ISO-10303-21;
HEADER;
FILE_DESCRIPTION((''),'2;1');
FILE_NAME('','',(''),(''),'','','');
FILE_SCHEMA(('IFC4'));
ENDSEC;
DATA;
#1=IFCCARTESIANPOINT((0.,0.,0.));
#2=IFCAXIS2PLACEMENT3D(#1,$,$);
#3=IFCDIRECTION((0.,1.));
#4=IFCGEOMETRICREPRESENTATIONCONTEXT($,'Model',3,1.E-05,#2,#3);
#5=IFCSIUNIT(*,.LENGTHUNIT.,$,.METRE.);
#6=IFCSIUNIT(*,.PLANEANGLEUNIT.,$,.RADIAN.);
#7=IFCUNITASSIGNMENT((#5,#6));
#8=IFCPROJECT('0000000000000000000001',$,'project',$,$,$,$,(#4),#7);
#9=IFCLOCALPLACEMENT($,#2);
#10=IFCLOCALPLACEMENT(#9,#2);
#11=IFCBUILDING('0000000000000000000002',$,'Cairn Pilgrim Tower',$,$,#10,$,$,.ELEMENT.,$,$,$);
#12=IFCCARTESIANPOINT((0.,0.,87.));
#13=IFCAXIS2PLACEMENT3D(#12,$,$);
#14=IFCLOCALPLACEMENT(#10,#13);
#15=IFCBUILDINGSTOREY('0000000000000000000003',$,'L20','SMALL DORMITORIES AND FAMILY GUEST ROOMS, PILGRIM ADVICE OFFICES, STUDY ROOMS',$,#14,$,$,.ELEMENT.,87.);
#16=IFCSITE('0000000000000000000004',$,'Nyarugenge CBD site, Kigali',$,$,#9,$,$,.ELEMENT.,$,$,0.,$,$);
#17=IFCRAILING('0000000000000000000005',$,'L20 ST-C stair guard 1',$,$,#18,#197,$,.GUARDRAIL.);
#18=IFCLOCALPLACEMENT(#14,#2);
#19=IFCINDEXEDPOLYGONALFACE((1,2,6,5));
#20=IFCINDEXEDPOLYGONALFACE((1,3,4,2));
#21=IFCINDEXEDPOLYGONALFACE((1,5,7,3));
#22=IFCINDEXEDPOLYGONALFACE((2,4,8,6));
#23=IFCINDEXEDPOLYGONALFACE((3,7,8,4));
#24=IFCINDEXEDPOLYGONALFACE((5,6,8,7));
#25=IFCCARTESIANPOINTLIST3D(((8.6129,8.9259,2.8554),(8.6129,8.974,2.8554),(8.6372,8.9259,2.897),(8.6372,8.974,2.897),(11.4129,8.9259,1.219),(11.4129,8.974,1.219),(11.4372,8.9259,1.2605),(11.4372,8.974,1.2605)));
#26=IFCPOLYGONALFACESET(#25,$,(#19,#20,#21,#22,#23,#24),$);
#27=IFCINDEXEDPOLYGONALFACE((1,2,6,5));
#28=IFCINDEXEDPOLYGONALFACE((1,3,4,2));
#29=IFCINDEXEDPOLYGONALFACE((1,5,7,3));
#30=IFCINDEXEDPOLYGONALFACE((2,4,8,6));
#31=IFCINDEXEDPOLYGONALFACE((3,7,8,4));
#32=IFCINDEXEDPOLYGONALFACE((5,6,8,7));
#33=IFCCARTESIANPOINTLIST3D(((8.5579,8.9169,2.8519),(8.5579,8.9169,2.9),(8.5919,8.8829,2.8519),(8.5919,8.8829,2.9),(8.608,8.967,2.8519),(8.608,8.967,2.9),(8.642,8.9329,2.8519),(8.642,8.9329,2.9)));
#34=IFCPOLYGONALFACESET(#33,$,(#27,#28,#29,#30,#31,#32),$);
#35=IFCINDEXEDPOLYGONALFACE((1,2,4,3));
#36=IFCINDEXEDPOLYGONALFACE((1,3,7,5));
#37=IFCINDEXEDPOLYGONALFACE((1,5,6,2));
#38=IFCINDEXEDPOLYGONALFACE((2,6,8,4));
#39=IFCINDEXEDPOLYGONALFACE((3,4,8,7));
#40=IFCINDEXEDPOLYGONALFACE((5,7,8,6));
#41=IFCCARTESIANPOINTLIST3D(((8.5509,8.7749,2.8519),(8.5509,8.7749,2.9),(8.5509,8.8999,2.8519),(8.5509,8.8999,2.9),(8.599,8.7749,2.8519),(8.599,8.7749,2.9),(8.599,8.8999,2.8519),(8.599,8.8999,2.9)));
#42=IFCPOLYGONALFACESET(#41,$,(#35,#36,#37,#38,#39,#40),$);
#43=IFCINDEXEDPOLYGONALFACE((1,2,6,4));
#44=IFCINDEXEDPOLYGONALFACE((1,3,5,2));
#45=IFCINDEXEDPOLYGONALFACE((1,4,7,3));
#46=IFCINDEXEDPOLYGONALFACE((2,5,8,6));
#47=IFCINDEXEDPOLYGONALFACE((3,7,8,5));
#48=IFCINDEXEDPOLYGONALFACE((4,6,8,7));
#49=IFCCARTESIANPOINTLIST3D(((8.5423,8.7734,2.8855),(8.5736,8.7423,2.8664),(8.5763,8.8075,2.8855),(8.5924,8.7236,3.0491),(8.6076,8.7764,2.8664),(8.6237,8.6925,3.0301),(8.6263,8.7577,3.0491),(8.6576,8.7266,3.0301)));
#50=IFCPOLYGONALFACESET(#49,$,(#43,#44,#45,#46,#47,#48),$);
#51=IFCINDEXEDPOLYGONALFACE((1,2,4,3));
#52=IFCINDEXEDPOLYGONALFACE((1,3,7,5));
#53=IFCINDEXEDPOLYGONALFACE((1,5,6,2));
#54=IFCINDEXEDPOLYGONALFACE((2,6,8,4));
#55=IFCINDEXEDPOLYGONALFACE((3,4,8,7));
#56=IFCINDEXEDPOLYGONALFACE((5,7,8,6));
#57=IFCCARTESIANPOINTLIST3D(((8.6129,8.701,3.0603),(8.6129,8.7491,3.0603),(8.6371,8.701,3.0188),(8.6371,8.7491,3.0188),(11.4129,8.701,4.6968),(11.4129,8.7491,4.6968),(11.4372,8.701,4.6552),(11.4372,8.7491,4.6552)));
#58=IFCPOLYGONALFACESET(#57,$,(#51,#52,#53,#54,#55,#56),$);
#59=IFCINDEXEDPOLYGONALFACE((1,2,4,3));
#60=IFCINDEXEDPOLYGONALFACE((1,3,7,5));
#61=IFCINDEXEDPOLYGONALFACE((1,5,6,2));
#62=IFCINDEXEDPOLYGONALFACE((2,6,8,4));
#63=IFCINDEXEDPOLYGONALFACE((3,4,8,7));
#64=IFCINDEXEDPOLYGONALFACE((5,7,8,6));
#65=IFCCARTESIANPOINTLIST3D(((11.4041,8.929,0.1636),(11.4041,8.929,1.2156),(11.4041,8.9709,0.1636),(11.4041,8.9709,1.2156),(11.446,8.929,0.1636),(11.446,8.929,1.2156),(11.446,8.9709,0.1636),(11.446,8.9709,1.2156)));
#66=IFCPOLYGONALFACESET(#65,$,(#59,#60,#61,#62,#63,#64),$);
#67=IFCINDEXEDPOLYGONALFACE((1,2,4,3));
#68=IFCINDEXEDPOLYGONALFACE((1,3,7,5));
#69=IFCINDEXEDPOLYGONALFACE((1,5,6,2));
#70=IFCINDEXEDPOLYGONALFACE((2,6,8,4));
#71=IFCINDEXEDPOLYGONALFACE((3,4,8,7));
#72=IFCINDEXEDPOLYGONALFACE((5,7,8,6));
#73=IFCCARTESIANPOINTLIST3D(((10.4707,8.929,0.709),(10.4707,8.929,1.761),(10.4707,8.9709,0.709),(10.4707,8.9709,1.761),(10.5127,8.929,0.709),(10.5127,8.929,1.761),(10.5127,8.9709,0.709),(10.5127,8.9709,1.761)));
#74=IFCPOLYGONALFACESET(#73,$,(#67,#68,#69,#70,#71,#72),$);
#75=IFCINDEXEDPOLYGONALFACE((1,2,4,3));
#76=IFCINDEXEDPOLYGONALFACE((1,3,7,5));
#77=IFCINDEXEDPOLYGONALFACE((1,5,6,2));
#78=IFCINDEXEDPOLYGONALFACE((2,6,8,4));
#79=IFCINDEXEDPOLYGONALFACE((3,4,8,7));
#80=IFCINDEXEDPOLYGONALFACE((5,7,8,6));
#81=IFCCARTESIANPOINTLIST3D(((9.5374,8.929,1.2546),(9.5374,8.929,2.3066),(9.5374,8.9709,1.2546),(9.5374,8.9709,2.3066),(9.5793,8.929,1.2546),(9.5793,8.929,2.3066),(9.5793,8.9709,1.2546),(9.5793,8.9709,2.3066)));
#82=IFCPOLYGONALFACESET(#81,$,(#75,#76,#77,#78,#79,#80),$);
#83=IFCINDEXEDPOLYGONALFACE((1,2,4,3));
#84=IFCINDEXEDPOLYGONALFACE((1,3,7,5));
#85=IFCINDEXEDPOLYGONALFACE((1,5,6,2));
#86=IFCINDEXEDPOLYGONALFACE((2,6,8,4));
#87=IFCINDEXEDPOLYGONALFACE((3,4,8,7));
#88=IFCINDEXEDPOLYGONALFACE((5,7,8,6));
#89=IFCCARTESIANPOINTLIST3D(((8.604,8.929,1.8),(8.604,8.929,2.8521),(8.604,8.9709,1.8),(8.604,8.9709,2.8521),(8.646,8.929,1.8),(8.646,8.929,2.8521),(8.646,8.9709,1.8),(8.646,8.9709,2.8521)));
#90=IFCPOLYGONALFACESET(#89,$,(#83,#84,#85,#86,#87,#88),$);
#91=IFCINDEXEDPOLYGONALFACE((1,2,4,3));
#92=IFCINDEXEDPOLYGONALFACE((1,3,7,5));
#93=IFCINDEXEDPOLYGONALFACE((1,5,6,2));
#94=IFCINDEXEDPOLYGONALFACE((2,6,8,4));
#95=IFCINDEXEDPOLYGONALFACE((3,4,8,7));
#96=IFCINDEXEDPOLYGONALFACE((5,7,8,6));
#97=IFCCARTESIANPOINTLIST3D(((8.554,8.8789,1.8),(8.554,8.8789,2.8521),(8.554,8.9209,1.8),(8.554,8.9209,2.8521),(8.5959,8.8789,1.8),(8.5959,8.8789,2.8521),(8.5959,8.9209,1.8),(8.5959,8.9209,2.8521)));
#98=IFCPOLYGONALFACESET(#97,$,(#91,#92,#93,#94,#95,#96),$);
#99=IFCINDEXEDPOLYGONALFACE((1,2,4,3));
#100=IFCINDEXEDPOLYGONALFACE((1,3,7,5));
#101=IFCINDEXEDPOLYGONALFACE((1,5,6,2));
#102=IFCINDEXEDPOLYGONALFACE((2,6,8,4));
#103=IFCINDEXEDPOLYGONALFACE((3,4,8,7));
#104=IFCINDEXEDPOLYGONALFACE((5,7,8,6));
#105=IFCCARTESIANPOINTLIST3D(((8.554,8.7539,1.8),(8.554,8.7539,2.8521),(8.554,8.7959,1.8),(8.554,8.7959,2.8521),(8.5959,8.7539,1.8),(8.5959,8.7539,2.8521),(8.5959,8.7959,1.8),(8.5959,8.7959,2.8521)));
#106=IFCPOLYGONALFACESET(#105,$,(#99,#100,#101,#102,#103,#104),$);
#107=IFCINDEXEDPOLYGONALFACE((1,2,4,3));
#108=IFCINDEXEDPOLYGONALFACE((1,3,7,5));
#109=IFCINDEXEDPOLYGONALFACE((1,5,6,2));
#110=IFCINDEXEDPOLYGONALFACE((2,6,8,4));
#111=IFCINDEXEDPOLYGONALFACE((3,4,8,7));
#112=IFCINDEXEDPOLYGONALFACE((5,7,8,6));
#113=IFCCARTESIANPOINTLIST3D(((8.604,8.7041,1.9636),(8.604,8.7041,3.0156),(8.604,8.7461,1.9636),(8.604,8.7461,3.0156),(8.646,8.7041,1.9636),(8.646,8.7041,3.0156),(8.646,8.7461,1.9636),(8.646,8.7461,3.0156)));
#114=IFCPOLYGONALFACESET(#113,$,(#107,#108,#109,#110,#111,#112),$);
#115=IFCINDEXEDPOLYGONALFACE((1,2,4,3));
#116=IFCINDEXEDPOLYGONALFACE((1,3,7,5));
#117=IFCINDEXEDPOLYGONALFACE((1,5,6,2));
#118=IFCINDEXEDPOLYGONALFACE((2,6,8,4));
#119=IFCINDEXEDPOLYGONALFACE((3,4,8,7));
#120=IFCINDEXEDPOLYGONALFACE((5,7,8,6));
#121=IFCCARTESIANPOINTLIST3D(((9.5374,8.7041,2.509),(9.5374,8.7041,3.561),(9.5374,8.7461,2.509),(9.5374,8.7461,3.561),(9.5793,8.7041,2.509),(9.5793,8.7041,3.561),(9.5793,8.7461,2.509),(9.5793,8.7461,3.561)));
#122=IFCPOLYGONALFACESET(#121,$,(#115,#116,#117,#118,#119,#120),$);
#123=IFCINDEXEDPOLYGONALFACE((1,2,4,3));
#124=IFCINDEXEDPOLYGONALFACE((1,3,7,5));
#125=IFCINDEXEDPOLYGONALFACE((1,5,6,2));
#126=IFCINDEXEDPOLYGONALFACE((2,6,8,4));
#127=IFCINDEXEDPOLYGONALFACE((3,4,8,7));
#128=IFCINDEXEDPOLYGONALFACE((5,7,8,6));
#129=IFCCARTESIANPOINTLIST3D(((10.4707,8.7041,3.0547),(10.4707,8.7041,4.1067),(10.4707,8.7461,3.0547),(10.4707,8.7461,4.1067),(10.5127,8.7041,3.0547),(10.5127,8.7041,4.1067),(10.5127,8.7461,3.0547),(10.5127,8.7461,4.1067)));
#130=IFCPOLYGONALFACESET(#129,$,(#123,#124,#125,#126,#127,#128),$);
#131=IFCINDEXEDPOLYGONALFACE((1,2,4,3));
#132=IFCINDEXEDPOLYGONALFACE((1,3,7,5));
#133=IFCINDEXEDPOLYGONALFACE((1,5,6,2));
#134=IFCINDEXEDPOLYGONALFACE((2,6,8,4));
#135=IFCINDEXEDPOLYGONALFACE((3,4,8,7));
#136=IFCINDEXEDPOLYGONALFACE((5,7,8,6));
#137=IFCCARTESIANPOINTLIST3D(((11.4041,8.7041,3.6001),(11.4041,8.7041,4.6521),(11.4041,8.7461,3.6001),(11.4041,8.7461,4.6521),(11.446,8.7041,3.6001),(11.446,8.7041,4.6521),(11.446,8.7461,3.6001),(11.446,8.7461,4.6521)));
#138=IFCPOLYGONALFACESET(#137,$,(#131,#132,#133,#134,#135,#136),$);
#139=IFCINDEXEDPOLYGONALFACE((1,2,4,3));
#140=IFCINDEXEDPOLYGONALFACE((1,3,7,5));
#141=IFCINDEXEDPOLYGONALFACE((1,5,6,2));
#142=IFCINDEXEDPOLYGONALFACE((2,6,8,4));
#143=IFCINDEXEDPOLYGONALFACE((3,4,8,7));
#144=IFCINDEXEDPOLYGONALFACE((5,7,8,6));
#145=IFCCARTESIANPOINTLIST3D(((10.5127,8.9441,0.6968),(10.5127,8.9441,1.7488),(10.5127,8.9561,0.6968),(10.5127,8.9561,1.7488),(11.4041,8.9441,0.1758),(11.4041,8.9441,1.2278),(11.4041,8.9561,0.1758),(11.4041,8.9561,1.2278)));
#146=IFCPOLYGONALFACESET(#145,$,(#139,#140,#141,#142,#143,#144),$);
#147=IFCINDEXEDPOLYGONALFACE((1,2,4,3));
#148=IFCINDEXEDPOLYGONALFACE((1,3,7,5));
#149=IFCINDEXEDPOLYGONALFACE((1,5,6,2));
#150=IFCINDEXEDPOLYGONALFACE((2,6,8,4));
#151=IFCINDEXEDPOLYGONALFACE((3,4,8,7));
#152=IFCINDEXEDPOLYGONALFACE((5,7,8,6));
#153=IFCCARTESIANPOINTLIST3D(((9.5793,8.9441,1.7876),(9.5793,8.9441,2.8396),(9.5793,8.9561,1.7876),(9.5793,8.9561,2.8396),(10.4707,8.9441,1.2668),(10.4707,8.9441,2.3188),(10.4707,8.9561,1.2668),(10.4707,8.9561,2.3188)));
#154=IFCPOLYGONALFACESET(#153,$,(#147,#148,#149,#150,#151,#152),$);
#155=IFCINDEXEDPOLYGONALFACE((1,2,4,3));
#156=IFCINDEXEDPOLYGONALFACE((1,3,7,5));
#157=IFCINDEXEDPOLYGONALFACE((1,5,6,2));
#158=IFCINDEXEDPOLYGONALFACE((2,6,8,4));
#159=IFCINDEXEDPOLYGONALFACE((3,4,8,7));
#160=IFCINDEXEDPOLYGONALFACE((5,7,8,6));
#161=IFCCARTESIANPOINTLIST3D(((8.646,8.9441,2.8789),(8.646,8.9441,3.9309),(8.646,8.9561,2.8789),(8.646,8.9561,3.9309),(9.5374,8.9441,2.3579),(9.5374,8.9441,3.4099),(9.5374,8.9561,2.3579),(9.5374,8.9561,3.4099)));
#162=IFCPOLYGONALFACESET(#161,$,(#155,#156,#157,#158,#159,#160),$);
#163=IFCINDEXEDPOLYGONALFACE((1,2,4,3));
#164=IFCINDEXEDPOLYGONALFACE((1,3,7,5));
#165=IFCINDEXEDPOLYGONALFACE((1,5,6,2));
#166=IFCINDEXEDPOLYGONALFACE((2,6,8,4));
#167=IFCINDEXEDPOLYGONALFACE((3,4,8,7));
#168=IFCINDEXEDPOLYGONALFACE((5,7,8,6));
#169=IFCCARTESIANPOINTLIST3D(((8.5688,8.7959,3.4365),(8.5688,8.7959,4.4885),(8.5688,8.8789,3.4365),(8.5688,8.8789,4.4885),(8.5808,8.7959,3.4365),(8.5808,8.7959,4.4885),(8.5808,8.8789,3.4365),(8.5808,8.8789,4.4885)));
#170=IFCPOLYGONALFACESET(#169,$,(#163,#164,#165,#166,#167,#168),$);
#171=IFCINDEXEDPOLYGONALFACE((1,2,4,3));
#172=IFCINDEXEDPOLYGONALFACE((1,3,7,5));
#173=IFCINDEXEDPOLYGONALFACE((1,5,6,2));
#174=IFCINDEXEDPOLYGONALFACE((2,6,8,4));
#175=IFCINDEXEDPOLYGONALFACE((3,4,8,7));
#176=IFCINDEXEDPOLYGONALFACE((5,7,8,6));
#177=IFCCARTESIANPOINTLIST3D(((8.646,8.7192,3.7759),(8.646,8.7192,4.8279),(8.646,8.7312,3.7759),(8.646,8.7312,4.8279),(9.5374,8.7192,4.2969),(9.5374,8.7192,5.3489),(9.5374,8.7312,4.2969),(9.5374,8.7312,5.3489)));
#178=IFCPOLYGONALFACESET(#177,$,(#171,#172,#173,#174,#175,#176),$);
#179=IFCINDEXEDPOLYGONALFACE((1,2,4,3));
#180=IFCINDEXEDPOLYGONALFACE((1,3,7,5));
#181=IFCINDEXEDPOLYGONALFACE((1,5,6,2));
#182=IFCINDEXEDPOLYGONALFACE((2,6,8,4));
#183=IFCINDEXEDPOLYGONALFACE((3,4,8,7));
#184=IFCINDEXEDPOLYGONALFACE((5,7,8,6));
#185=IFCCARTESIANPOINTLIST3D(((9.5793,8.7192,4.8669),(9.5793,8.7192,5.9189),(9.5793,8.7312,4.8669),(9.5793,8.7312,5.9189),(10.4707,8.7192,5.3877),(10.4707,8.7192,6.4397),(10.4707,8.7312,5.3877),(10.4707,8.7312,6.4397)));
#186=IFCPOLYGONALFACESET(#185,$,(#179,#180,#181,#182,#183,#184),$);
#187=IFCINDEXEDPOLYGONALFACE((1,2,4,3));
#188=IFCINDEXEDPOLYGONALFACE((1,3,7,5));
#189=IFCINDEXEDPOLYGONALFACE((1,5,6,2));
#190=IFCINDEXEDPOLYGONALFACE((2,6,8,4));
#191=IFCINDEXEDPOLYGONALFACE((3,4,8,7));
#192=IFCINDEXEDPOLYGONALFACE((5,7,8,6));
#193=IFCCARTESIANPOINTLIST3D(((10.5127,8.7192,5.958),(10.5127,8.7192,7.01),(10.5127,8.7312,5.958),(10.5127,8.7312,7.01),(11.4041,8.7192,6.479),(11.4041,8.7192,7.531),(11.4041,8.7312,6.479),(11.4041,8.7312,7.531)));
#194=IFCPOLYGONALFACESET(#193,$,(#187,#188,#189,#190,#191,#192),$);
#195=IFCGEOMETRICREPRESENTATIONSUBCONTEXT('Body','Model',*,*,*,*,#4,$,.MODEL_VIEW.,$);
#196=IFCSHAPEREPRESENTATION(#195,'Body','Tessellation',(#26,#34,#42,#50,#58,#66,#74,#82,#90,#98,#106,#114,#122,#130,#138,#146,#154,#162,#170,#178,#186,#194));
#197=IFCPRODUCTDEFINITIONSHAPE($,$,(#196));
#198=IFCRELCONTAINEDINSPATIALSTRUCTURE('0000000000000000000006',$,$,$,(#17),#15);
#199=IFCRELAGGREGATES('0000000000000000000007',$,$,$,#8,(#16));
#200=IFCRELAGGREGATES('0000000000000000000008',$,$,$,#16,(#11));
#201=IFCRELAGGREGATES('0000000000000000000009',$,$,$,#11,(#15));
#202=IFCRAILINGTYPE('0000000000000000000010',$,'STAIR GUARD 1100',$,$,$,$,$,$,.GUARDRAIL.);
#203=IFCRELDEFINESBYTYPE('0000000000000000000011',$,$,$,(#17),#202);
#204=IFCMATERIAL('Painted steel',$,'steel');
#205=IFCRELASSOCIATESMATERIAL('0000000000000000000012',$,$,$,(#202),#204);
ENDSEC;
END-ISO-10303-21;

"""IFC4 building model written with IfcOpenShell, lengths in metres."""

from ifc_helpers import new_model, si_unit, direction, frame, origin, origin_2d, place, context, subcontext, project, spatial, polyline, rectangle, outline, extrude, material, type_object, element, save


model = new_model("IFC4")

# Units and contexts
model_context = context("Model", 3, precision=1e-05, world=origin(), true_north=direction((0.0, 1.0)))
body_context = subcontext(model_context, "Body", "Model", "MODEL_VIEW")
ifc_project = project(units=[si_unit("LENGTHUNIT", "METRE"), si_unit("PLANEANGLEUNIT", "RADIAN")], contexts=[model_context])

# Site, building, storey
site_placement = place(None, origin())
site = spatial("IfcSite", under=ifc_project, at=site_placement, Name="Nyarugenge CBD site, Kigali", CompositionType="ELEMENT", RefElevation=0.0)
building_placement = place(site_placement, origin())
building = spatial("IfcBuilding", under=site, at=building_placement, Name="Cairn Pilgrim Tower", CompositionType="ELEMENT")
storey_placement = place(building_placement, frame((0.0, 0.0, 87.0)))
storey = spatial("IfcBuildingStorey", under=building, at=storey_placement, Name="L20", Description="SMALL DORMITORIES AND FAMILY GUEST ROOMS, PILGRIM ADVICE OFFICES, STUDY ROOMS", CompositionType="ELEMENT", Elevation=87.0)

# Shared definitions
ifc_material_1 = material(Name="Painted steel", Category="steel")

# Railing
railing_type_1 = type_object("IfcRailingType", Name="STAIR GUARD 1100", PredefinedType="GUARDRAIL", material=ifc_material_1)
railing_1_placement = place(storey_placement, frame((11.425, 8.95, 0.1636)))
element("IfcRailing", 1, at=railing_1_placement, inside=storey, type_object=railing_type_1, Name="L20 ST-C stair guard 1", PredefinedType="GUARDRAIL", context=body_context, shape_type="SweptSolid", body=[
    extrude(rectangle(XDim=0.0481, YDim=0.0481, at=origin_2d()), frame((0.0, 0.0, 1.0762), z_axis=(-0.863361, 0.0, 0.504587), x_axis=(0.0, -1.0, 0.0)), (0.0, 0.0, 1.0), 3.2432),
    extrude(rectangle(XDim=0.0481, YDim=0.0481, at=origin_2d()), frame((-2.8, 0.0, 2.7124), z_axis=(-0.707107, -0.707107, 0.0), x_axis=(0.707107, -0.707107, 0.0)), (0.0, 0.0, 1.0), 0.0708),
    extrude(rectangle(XDim=0.0481, YDim=0.0481, at=origin_2d()), frame((-2.8501, -0.05, 2.7124), z_axis=(0.0, -1.0, 0.0), x_axis=(1.0, 0.0, 0.0)), (0.0, 0.0, 1.0), 0.125),
    extrude(rectangle(XDim=0.0481, YDim=0.0481, at=origin_2d()), frame((-2.8501, -0.175, 2.7124), z_axis=(0.280917, -0.279546, 0.918118), x_axis=(0.705376, 0.708834, 0.0)), (0.0, 0.0, 1.0), 0.1782),
    extrude(rectangle(XDim=0.0481, YDim=0.0481, at=origin_2d()), frame((-2.8, -0.2249, 2.876), z_axis=(0.863361, 0.0, 0.504587), x_axis=(0.0, 1.0, 0.0)), (0.0, 0.0, 1.0), 3.2432),
    extrude(rectangle(XDim=0.042, YDim=0.042, at=origin_2d()), origin(), (0.0, 0.0, 1.0), 1.052),
    extrude(rectangle(XDim=0.042, YDim=0.042, at=origin_2d()), frame((-0.9333, 0.0, 0.5454)), (0.0, 0.0, 1.0), 1.052),
    extrude(rectangle(XDim=0.042, YDim=0.042, at=origin_2d()), frame((-1.8667, 0.0, 1.0911)), (0.0, 0.0, 1.0), 1.052),
    extrude(rectangle(XDim=0.042, YDim=0.042, at=origin_2d()), frame((-2.8, 0.0, 1.6365)), (0.0, 0.0, 1.0), 1.052),
    extrude(rectangle(XDim=0.042, YDim=0.042, at=origin_2d()), frame((-2.8501, -0.05, 1.6365)), (0.0, 0.0, 1.0), 1.052),
    extrude(rectangle(XDim=0.042, YDim=0.042, at=origin_2d()), frame((-2.8501, -0.175, 1.6365)), (0.0, 0.0, 1.0), 1.052),
    extrude(rectangle(XDim=0.042, YDim=0.042, at=origin_2d()), frame((-2.8, -0.2249, 1.8)), (0.0, 0.0, 1.0), 1.052),
    extrude(rectangle(XDim=0.042, YDim=0.042, at=origin_2d()), frame((-1.8667, -0.2249, 2.3455)), (0.0, 0.0, 1.0), 1.052),
    extrude(rectangle(XDim=0.042, YDim=0.042, at=origin_2d()), frame((-0.9333, -0.2249, 2.8911)), (0.0, 0.0, 1.0), 1.052),
    extrude(rectangle(XDim=0.042, YDim=0.042, at=origin_2d()), frame((0.0, -0.2249, 3.4365)), (0.0, 0.0, 1.0), 1.052),
    extrude(outline(polyline([(0.021, 0.0122), (0.9124, 0.5332), (0.9124, 1.5852), (0.021, 1.0642), (0.021, 0.0122)])), frame((0.0, -0.0059, 0.0), z_axis=(0.0, 1.0, 0.0), x_axis=(-1.0, 0.0, 0.0)), (0.0, 0.0, 1.0), 0.012),
    extrude(outline(polyline([(0.021, 0.5579), (0.9124, 1.0786), (0.9124, 2.1306), (0.021, 1.6099), (0.021, 0.5579)])), frame((-0.9333, -0.0059, 0.5454), z_axis=(0.0, 1.0, 0.0), x_axis=(-1.0, 0.0, 0.0)), (0.0, 0.0, 1.0), 0.012),
    extrude(outline(polyline([(0.021, 1.1033), (0.9124, 1.6243), (0.9124, 2.6763), (0.021, 2.1553), (0.021, 1.1033)])), frame((-1.8667, -0.0059, 1.0911), z_axis=(0.0, 1.0, 0.0), x_axis=(-1.0, 0.0, 0.0)), (0.0, 0.0, 1.0), 0.012),
    extrude(outline(polyline([(0.021, 1.6365), (0.104, 1.6365), (0.104, 2.6885), (0.021, 2.6885), (0.021, 1.6365)])), frame((-2.8442, -0.05, 1.6365), z_axis=(-1.0, 0.0, 0.0), x_axis=(0.0, -1.0, 0.0)), (0.0, 0.0, 1.0), 0.012),
    extrude(outline(polyline([(0.021, 1.8123), (0.9124, 2.3333), (0.9124, 3.3853), (0.021, 2.8643), (0.021, 1.8123)])), frame((-2.8, -0.2188, 1.8), z_axis=(0.0, -1.0, 0.0), x_axis=(1.0, 0.0, 0.0)), (0.0, 0.0, 1.0), 0.012),
    extrude(outline(polyline([(0.021, 2.3579), (0.9124, 2.8787), (0.9124, 3.9307), (0.021, 3.4099), (0.021, 2.3579)])), frame((-1.8667, -0.2188, 2.3455), z_axis=(0.0, -1.0, 0.0), x_axis=(1.0, 0.0, 0.0)), (0.0, 0.0, 1.0), 0.012),
    extrude(outline(polyline([(0.021, 2.9033), (0.9124, 3.4243), (0.9124, 4.4763), (0.021, 3.9553), (0.021, 2.9033)])), frame((-0.9333, -0.2188, 2.8911), z_axis=(0.0, -1.0, 0.0), x_axis=(1.0, 0.0, 0.0)), (0.0, 0.0, 1.0), 0.012),
])

save(model, "model.ifc")
